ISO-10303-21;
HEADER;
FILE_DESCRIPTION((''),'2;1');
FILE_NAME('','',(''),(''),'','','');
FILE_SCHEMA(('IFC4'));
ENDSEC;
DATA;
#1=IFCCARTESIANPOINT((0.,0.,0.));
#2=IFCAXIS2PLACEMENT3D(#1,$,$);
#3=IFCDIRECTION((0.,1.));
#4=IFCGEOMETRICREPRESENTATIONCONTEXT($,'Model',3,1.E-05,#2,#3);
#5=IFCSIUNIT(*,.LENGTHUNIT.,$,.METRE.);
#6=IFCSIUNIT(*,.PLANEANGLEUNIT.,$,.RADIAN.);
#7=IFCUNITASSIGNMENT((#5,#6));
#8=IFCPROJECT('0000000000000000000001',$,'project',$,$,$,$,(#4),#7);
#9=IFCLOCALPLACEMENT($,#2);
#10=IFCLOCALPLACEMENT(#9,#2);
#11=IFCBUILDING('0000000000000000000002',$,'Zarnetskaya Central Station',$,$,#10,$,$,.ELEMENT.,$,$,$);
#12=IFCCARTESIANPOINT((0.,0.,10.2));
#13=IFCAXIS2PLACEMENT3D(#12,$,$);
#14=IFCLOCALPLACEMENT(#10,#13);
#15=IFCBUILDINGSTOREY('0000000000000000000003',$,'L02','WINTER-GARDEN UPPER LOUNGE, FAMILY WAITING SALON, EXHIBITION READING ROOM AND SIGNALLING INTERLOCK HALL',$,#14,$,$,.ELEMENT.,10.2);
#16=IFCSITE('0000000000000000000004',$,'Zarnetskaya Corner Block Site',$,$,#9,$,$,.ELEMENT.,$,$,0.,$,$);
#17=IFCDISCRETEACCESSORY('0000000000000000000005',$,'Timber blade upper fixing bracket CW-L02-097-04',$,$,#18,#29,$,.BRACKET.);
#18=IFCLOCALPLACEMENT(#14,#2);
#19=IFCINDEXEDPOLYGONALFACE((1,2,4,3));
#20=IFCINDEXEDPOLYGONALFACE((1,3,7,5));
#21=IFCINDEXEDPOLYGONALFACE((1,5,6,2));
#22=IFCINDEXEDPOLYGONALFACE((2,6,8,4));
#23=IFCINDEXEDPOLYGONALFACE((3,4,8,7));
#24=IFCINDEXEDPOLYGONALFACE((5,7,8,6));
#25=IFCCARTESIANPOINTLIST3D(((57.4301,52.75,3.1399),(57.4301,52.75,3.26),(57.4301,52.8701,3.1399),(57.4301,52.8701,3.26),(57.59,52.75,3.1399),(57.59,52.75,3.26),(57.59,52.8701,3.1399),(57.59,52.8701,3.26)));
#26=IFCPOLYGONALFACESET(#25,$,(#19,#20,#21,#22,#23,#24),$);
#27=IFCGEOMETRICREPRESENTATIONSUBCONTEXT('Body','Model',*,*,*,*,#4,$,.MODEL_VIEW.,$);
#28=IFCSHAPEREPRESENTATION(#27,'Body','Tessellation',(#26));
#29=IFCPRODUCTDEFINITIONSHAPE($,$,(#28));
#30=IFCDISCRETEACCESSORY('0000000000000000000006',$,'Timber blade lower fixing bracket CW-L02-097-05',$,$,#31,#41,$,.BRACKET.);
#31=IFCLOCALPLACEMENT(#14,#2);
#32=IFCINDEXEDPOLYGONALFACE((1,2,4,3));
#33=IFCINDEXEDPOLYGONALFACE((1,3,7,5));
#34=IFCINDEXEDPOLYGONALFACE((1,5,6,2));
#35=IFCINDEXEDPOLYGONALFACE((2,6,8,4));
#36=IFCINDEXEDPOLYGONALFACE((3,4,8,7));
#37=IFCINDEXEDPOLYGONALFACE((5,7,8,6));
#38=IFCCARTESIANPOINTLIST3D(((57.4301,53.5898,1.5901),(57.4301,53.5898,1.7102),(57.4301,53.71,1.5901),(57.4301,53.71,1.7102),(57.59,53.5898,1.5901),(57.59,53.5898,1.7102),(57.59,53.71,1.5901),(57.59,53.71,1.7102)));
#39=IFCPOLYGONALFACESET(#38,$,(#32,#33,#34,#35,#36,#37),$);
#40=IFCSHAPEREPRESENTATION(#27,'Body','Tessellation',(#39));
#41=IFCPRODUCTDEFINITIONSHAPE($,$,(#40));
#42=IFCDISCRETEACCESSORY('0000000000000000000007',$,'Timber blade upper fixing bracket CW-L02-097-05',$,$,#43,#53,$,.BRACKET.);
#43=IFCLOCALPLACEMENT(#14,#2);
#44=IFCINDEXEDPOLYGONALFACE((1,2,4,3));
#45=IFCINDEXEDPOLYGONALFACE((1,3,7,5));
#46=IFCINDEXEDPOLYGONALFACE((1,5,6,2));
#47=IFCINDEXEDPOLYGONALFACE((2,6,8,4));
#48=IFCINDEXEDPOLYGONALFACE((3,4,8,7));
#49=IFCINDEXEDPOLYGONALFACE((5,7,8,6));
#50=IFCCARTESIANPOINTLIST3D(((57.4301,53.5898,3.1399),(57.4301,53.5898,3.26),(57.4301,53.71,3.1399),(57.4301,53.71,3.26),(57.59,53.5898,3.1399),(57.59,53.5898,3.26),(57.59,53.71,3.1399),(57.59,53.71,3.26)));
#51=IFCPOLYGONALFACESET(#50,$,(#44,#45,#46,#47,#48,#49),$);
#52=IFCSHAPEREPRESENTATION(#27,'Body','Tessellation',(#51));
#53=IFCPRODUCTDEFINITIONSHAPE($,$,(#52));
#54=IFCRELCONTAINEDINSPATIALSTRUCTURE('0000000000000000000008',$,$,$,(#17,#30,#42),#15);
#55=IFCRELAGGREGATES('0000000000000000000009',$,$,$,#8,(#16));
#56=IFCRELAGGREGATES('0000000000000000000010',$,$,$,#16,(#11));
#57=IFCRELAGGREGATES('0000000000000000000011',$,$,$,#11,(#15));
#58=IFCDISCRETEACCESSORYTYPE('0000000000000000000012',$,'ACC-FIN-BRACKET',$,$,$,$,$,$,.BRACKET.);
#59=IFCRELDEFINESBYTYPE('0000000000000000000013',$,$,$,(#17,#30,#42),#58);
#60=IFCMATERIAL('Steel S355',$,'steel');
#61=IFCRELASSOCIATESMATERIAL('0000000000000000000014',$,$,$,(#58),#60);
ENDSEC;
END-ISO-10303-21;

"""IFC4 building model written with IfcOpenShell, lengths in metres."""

from ifc_helpers import new_model, si_unit, direction, frame, origin, origin_2d, place, context, subcontext, project, spatial, rectangle, extrude, material, type_object, element, save


model = new_model("IFC4")

# Units and contexts
model_context = context("Model", 3, precision=1e-05, world=origin(), true_north=direction((0.0, 1.0)))
body_context = subcontext(model_context, "Body", "Model", "MODEL_VIEW")
ifc_project = project(units=[si_unit("LENGTHUNIT", "METRE"), si_unit("PLANEANGLEUNIT", "RADIAN")], contexts=[model_context])

# Site, building, storey
site_placement = place(None, origin())
site = spatial("IfcSite", under=ifc_project, at=site_placement, Name="Zarnetskaya Corner Block Site", CompositionType="ELEMENT", RefElevation=0.0)
building_placement = place(site_placement, origin())
building = spatial("IfcBuilding", under=site, at=building_placement, Name="Zarnetskaya Central Station", CompositionType="ELEMENT")
storey_placement = place(building_placement, frame((0.0, 0.0, 10.2)))
storey = spatial("IfcBuildingStorey", under=building, at=storey_placement, Name="L02", Description="WINTER-GARDEN UPPER LOUNGE, FAMILY WAITING SALON, EXHIBITION READING ROOM AND SIGNALLING INTERLOCK HALL", CompositionType="ELEMENT", Elevation=10.2)

# Shared definitions
ifc_material_1 = material(Name="Steel S355", Category="steel")

# Discrete accessories
discrete_accessory_type = type_object("IfcDiscreteAccessoryType", Name="ACC-FIN-BRACKET", PredefinedType="BRACKET", material=ifc_material_1)
for number, where, z_axis, x_axis, name in (
    (1, (57.51, 52.8101, 3.1399), (0.0, 0.0, 1.0), (0.0, 1.0, 0.0), "Timber blade upper fixing bracket CW-L02-097-04"),
    (2, (57.51, 53.6499, 1.5901), (0.0, 0.0, 1.0), (0.0, 1.0, 0.0), "Timber blade lower fixing bracket CW-L02-097-05"),
    (3, (57.51, 53.6499, 3.1399), (0.0, 0.0, 1.0), (0.0, 1.0, 0.0), "Timber blade upper fixing bracket CW-L02-097-05"),
):
    element("IfcDiscreteAccessory", number, at=place(storey_placement, frame(where, z_axis=z_axis, x_axis=x_axis)), inside=storey, type_object=discrete_accessory_type, Name=name, PredefinedType="BRACKET", context=body_context, shape_type="SweptSolid", body=[
        extrude(rectangle(XDim=0.1201, YDim=0.1599, at=origin_2d()), origin(), (0.0, 0.0, 1.0), 0.1201),
    ])

save(model, "model.ifc")
